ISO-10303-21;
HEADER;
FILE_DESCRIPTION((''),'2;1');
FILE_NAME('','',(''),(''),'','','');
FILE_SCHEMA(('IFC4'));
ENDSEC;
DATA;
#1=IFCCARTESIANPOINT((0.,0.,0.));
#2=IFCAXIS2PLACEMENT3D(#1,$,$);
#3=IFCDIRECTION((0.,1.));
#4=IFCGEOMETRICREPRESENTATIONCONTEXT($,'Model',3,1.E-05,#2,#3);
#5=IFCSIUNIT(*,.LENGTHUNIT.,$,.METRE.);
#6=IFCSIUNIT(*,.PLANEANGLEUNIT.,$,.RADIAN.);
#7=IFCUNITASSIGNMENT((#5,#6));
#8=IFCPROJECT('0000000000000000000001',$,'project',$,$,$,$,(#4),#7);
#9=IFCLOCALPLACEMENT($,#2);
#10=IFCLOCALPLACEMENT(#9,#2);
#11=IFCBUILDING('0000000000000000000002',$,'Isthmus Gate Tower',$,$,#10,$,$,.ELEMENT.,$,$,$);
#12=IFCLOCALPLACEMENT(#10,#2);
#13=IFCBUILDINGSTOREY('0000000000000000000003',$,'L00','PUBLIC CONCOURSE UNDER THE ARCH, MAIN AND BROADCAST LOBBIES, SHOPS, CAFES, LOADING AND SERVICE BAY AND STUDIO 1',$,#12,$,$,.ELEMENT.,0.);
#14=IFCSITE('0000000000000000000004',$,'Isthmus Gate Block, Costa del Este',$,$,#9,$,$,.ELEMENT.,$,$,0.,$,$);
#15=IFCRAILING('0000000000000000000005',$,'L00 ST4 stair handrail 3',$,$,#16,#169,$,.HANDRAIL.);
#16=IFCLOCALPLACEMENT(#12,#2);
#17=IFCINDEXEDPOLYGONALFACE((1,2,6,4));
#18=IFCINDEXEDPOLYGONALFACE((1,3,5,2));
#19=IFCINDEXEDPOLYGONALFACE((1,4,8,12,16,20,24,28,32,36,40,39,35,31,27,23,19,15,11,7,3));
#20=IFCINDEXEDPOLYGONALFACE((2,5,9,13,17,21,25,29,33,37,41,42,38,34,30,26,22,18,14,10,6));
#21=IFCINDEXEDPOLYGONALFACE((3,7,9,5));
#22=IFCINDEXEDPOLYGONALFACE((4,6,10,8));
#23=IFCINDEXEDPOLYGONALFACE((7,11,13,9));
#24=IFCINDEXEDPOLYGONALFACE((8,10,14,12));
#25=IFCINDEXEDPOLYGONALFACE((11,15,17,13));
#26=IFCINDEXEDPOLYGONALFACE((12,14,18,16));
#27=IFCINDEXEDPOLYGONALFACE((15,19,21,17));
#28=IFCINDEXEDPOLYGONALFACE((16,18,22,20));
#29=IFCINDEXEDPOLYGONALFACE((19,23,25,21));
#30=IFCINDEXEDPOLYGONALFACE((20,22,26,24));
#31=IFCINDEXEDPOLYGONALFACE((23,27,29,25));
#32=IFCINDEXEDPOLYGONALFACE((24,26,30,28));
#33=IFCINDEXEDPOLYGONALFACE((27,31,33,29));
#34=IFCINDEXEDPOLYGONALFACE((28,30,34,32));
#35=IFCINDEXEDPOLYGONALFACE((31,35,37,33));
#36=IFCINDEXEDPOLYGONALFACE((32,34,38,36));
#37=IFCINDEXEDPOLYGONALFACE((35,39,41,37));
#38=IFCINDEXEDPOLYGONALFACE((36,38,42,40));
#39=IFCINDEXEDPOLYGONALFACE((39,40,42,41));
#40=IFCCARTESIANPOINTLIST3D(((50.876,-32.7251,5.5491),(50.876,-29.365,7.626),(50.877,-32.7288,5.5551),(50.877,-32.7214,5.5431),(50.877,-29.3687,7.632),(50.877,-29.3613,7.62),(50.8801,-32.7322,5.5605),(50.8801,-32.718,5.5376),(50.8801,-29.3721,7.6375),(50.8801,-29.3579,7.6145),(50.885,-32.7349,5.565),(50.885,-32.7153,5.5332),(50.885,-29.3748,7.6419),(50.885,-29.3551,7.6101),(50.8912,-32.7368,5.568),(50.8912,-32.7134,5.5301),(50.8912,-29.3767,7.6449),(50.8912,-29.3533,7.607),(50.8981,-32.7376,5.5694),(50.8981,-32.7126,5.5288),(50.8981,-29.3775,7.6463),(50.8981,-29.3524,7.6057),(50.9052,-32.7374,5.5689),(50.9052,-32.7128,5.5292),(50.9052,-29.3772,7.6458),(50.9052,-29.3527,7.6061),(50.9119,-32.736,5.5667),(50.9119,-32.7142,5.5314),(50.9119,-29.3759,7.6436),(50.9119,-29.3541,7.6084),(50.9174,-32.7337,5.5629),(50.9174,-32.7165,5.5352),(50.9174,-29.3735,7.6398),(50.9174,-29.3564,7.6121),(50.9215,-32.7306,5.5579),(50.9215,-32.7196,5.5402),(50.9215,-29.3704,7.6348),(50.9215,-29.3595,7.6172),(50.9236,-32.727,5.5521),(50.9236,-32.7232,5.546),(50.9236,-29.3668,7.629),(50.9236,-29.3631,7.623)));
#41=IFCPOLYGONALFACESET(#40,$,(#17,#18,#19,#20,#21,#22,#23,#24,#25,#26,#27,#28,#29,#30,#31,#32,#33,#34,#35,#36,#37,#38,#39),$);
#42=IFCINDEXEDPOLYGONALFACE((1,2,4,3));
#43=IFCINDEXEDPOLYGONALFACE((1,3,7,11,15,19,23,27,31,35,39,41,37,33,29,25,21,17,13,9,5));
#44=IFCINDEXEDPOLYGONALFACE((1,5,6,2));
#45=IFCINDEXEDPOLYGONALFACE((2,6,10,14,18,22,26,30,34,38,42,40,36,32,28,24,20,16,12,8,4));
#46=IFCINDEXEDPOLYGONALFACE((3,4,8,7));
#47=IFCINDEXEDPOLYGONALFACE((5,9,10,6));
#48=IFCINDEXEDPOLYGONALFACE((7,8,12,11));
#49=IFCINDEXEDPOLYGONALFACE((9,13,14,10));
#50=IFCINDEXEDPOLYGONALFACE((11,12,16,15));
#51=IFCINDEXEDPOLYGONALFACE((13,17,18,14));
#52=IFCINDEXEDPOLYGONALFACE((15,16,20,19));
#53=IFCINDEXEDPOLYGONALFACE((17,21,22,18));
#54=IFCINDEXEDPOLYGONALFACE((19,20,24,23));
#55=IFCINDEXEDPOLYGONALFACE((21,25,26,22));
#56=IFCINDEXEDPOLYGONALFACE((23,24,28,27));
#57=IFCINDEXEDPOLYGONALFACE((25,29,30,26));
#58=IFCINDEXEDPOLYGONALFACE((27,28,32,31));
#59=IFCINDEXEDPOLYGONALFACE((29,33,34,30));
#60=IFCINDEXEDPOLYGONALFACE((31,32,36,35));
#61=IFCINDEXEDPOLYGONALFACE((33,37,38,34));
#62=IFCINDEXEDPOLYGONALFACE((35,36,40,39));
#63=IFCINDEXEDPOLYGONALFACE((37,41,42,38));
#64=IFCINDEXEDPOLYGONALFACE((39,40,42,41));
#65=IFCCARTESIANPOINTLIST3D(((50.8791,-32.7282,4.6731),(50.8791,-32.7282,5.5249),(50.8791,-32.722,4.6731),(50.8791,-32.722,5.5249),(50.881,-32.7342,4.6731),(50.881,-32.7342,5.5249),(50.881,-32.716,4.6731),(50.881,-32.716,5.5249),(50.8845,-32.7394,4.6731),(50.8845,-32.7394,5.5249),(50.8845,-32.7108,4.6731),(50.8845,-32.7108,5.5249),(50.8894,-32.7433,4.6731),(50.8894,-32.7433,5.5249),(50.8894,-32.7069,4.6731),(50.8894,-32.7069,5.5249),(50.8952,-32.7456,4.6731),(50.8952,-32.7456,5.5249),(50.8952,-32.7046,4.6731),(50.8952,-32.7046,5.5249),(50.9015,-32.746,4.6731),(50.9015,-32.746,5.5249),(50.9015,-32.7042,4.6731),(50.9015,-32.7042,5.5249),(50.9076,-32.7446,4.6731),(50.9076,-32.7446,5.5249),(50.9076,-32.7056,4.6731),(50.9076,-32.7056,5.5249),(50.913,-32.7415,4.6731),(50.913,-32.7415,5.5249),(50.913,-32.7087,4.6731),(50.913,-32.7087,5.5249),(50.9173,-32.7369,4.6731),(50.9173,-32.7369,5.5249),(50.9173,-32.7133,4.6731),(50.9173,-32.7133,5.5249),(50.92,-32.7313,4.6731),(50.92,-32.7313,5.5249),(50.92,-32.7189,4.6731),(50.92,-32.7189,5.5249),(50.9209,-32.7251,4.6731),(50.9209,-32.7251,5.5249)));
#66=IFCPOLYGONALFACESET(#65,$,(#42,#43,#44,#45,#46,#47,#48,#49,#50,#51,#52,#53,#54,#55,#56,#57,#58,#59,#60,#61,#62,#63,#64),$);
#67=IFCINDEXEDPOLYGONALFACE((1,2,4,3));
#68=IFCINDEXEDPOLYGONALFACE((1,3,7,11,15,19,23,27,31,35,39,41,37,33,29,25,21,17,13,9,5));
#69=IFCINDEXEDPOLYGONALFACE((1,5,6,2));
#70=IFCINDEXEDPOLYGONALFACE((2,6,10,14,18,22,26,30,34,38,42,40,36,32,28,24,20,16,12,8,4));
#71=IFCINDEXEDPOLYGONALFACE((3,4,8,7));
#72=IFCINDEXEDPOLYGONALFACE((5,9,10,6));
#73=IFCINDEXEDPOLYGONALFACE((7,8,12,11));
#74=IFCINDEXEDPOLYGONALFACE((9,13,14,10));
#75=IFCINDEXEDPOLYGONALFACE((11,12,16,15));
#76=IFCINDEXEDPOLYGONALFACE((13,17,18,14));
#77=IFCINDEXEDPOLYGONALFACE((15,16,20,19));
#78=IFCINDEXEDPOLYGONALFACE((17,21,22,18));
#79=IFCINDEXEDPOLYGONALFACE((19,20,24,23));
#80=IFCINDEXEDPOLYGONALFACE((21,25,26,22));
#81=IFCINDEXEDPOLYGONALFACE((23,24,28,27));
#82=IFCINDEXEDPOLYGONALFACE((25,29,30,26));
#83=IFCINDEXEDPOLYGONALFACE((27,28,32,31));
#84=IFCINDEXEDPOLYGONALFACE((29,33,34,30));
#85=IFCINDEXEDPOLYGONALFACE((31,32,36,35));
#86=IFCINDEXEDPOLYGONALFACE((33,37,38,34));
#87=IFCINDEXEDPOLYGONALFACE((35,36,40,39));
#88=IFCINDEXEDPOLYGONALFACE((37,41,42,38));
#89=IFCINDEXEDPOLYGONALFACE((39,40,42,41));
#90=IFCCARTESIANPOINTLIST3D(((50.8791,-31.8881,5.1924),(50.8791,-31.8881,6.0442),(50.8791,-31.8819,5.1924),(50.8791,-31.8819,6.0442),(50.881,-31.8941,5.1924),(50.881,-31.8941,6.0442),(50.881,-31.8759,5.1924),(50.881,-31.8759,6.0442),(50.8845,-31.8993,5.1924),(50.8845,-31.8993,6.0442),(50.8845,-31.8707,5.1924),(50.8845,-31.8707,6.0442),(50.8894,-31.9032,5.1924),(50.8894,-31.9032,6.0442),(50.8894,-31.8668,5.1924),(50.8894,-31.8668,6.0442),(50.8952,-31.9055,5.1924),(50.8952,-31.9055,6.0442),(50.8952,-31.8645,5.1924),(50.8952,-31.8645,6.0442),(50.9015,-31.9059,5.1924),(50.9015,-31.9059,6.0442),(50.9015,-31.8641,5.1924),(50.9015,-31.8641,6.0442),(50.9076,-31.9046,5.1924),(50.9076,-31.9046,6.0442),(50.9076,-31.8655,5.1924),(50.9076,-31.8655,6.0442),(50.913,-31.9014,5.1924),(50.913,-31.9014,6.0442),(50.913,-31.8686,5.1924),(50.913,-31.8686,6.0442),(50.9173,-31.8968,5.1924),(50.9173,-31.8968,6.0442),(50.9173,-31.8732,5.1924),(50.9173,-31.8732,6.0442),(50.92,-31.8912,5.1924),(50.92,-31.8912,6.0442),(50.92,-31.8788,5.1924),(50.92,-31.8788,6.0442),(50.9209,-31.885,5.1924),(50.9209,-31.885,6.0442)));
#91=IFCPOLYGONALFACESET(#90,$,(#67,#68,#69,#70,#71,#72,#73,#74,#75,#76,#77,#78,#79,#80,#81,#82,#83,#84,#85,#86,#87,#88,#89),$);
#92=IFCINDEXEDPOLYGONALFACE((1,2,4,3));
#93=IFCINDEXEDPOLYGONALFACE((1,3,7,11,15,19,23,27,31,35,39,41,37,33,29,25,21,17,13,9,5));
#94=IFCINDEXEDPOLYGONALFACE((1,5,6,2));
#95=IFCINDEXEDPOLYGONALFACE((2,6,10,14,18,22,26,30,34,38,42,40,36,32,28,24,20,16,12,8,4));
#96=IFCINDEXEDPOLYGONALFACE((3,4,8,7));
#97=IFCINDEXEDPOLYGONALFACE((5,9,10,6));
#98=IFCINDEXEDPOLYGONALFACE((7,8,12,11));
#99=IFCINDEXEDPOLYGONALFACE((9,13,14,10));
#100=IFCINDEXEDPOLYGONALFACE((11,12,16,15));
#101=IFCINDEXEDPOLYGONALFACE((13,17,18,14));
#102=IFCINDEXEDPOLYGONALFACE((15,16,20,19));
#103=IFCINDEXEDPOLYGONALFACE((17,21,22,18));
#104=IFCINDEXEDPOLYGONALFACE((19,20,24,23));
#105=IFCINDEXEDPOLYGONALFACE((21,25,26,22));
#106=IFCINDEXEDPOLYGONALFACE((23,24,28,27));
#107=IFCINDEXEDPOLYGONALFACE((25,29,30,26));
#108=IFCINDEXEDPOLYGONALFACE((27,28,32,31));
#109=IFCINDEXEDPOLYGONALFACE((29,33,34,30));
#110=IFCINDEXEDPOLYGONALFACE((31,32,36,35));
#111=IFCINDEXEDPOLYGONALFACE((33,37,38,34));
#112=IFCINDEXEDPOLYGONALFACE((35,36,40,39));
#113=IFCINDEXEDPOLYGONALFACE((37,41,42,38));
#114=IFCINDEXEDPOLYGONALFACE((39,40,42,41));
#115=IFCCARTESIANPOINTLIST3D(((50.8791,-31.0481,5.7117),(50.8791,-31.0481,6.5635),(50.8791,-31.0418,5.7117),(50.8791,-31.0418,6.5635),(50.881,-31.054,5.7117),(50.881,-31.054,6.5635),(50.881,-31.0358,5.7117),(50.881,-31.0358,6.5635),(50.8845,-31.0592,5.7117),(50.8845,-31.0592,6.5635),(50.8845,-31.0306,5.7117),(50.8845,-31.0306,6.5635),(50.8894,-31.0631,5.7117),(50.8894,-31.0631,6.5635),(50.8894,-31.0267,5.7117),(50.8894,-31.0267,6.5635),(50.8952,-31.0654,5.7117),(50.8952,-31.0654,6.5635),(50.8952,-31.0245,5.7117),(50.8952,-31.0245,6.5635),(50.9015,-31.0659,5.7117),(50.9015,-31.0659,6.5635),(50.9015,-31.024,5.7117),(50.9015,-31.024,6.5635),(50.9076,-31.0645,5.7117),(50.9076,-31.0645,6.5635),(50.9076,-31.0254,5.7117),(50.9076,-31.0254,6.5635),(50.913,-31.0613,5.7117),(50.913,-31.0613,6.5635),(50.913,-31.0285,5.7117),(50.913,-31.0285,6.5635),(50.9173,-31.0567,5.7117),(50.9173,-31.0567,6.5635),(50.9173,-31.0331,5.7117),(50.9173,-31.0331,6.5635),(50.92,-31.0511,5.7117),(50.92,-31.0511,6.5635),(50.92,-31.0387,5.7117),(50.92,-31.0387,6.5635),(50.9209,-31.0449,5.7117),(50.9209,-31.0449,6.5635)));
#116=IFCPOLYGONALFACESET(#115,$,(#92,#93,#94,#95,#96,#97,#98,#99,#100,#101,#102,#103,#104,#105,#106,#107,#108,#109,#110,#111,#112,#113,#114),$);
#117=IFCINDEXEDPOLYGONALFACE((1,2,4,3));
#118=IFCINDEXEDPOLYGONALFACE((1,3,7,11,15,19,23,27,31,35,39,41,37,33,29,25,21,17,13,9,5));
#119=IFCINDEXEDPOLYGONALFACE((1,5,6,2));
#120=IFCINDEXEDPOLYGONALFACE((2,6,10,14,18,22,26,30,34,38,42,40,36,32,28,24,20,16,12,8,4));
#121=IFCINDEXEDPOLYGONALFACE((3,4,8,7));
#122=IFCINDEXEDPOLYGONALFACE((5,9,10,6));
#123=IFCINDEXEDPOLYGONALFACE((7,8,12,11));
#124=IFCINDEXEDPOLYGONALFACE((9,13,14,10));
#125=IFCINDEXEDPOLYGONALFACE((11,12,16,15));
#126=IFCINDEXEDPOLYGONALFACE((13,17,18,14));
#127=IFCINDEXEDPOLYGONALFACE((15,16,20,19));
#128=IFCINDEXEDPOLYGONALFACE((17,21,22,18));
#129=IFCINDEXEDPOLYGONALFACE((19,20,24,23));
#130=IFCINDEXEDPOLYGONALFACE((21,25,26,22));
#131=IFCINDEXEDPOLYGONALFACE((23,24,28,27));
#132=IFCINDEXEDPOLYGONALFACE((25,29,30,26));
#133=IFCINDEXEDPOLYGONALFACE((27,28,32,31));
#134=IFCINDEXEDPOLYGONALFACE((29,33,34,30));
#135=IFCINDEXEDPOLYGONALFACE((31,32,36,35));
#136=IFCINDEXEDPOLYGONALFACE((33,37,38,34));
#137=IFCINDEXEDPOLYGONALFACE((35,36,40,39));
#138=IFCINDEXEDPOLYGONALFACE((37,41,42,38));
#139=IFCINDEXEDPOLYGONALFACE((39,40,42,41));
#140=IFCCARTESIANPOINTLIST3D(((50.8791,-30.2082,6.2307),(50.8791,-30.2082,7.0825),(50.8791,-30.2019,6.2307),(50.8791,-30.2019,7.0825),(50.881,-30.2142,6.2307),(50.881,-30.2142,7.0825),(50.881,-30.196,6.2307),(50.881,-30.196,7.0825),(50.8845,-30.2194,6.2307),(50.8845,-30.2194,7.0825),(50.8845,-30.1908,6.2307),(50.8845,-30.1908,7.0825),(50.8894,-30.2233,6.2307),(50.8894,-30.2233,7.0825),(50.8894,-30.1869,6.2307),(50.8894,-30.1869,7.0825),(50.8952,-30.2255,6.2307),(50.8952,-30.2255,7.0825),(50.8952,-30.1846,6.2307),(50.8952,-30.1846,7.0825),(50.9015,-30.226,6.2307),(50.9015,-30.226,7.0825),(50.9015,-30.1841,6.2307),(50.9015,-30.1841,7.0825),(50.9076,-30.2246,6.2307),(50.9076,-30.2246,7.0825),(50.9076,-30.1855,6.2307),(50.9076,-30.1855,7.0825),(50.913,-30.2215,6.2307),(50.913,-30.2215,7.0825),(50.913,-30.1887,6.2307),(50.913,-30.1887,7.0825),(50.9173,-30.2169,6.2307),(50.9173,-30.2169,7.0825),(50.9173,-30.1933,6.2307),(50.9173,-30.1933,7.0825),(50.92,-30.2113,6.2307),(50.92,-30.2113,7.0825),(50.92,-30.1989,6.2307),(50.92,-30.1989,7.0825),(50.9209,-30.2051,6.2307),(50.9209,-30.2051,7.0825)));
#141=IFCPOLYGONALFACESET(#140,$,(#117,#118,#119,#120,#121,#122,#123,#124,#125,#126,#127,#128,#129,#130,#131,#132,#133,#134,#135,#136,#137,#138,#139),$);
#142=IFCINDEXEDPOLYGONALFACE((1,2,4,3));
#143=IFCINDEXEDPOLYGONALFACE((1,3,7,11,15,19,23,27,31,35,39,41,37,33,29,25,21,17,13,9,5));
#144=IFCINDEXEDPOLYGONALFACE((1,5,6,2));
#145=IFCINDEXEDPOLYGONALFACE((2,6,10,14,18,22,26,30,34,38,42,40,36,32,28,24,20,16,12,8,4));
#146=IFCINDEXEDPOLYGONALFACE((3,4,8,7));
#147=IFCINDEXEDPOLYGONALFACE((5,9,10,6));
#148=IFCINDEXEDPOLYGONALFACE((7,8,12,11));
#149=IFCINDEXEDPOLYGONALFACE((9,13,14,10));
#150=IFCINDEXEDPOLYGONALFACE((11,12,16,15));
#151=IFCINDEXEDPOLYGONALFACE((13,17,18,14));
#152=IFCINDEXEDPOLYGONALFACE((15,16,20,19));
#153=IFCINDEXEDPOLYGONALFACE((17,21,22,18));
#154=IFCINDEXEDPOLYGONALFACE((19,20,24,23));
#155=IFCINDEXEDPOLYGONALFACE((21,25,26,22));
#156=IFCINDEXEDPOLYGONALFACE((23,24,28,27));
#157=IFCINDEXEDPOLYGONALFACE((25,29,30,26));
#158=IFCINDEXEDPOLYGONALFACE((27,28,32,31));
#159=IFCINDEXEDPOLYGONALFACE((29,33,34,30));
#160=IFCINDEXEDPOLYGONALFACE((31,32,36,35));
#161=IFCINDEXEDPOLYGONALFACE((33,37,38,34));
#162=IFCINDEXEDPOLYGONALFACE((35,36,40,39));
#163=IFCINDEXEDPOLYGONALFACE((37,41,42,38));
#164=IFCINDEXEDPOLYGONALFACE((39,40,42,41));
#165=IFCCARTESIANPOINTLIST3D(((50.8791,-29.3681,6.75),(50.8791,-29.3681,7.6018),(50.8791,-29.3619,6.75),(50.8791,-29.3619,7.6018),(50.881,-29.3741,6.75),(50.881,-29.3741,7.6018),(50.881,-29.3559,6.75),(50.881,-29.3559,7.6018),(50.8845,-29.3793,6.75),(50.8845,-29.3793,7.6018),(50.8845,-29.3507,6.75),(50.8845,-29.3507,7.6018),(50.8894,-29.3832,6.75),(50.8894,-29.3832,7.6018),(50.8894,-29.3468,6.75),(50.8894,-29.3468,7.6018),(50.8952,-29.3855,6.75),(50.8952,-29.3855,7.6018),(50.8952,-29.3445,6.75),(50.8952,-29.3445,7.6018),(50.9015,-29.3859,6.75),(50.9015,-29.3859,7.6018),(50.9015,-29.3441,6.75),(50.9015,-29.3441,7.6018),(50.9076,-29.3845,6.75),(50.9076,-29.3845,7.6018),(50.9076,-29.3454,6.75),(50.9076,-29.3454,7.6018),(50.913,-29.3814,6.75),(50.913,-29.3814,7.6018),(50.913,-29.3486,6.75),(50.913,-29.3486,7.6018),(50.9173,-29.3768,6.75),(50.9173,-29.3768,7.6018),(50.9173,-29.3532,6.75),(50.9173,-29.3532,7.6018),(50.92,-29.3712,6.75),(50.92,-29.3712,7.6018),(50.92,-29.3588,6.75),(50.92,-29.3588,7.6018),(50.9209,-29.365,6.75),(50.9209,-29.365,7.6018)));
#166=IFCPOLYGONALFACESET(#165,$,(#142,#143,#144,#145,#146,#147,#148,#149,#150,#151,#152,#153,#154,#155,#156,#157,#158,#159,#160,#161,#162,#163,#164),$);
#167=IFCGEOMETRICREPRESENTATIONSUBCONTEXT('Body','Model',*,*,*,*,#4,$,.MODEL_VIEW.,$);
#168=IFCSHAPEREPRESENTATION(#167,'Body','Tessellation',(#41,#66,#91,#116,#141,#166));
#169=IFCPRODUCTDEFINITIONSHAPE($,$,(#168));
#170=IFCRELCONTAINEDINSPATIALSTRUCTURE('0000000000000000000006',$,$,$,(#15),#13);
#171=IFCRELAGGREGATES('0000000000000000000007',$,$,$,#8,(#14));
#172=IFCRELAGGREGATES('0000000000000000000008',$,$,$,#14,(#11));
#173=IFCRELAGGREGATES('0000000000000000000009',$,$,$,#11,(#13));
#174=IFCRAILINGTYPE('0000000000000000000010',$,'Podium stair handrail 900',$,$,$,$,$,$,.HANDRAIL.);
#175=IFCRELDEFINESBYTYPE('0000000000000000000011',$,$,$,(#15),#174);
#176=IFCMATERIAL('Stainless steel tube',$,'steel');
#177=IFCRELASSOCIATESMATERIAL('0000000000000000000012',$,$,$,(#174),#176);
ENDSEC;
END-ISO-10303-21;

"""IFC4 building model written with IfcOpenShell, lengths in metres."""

from ifc_helpers import new_model, si_unit, direction, frame, origin, origin_2d, place, context, subcontext, project, spatial, circle, extrude, material, type_object, element, save


model = new_model("IFC4")

# Units and contexts
model_context = context("Model", 3, precision=1e-05, world=origin(), true_north=direction((0.0, 1.0)))
body_context = subcontext(model_context, "Body", "Model", "MODEL_VIEW")
ifc_project = project(units=[si_unit("LENGTHUNIT", "METRE"), si_unit("PLANEANGLEUNIT", "RADIAN")], contexts=[model_context])

# Site, building, storey
site_placement = place(None, origin())
site = spatial("IfcSite", under=ifc_project, at=site_placement, Name="Isthmus Gate Block, Costa del Este", CompositionType="ELEMENT", RefElevation=0.0)
building_placement = place(site_placement, origin())
building = spatial("IfcBuilding", under=site, at=building_placement, Name="Isthmus Gate Tower", CompositionType="ELEMENT")
storey_placement = place(building_placement, origin())
storey = spatial("IfcBuildingStorey", under=building, at=storey_placement, Name="L00", Description="PUBLIC CONCOURSE UNDER THE ARCH, MAIN AND BROADCAST LOBBIES, SHOPS, CAFES, LOADING AND SERVICE BAY AND STUDIO 1", CompositionType="ELEMENT", Elevation=0.0)

# Railing
ifc_material_1 = material(Name="Stainless steel tube", Category="steel")
railing_type_1 = type_object("IfcRailingType", Name="Podium stair handrail 900", PredefinedType="HANDRAIL", material=ifc_material_1)
railing_1_placement = place(storey_placement, frame((50.8999, -32.7251, 4.6731)))
element("IfcRailing", 1, at=railing_1_placement, inside=storey, type_object=railing_type_1, Name="L00 ST4 stair handrail 3", PredefinedType="HANDRAIL", context=body_context, shape_type="SweptSolid", body=[
    extrude(circle(Radius=0.0239, at=origin_2d()), frame((0.0, 0.0, 0.876), z_axis=(0.0, 0.850623, 0.525776), x_axis=(-1.0, 0.0, 0.0)), (0.0, 0.0, 1.0), 3.9502),
    extrude(circle(Radius=0.021, at=origin_2d()), origin(), (0.0, 0.0, 1.0), 0.8518),
    extrude(circle(Radius=0.021, at=origin_2d()), frame((0.0, 0.8401, 0.5193)), (0.0, 0.0, 1.0), 0.8518),
    extrude(circle(Radius=0.021, at=origin_2d()), frame((0.0, 1.6802, 1.0386)), (0.0, 0.0, 1.0), 0.8518),
    extrude(circle(Radius=0.021, at=origin_2d()), frame((0.0, 2.52, 1.5576)), (0.0, 0.0, 1.0), 0.8518),
    extrude(circle(Radius=0.021, at=origin_2d()), frame((0.0, 3.3601, 2.0769)), (0.0, 0.0, 1.0), 0.8518),
])

save(model, "model.ifc")
